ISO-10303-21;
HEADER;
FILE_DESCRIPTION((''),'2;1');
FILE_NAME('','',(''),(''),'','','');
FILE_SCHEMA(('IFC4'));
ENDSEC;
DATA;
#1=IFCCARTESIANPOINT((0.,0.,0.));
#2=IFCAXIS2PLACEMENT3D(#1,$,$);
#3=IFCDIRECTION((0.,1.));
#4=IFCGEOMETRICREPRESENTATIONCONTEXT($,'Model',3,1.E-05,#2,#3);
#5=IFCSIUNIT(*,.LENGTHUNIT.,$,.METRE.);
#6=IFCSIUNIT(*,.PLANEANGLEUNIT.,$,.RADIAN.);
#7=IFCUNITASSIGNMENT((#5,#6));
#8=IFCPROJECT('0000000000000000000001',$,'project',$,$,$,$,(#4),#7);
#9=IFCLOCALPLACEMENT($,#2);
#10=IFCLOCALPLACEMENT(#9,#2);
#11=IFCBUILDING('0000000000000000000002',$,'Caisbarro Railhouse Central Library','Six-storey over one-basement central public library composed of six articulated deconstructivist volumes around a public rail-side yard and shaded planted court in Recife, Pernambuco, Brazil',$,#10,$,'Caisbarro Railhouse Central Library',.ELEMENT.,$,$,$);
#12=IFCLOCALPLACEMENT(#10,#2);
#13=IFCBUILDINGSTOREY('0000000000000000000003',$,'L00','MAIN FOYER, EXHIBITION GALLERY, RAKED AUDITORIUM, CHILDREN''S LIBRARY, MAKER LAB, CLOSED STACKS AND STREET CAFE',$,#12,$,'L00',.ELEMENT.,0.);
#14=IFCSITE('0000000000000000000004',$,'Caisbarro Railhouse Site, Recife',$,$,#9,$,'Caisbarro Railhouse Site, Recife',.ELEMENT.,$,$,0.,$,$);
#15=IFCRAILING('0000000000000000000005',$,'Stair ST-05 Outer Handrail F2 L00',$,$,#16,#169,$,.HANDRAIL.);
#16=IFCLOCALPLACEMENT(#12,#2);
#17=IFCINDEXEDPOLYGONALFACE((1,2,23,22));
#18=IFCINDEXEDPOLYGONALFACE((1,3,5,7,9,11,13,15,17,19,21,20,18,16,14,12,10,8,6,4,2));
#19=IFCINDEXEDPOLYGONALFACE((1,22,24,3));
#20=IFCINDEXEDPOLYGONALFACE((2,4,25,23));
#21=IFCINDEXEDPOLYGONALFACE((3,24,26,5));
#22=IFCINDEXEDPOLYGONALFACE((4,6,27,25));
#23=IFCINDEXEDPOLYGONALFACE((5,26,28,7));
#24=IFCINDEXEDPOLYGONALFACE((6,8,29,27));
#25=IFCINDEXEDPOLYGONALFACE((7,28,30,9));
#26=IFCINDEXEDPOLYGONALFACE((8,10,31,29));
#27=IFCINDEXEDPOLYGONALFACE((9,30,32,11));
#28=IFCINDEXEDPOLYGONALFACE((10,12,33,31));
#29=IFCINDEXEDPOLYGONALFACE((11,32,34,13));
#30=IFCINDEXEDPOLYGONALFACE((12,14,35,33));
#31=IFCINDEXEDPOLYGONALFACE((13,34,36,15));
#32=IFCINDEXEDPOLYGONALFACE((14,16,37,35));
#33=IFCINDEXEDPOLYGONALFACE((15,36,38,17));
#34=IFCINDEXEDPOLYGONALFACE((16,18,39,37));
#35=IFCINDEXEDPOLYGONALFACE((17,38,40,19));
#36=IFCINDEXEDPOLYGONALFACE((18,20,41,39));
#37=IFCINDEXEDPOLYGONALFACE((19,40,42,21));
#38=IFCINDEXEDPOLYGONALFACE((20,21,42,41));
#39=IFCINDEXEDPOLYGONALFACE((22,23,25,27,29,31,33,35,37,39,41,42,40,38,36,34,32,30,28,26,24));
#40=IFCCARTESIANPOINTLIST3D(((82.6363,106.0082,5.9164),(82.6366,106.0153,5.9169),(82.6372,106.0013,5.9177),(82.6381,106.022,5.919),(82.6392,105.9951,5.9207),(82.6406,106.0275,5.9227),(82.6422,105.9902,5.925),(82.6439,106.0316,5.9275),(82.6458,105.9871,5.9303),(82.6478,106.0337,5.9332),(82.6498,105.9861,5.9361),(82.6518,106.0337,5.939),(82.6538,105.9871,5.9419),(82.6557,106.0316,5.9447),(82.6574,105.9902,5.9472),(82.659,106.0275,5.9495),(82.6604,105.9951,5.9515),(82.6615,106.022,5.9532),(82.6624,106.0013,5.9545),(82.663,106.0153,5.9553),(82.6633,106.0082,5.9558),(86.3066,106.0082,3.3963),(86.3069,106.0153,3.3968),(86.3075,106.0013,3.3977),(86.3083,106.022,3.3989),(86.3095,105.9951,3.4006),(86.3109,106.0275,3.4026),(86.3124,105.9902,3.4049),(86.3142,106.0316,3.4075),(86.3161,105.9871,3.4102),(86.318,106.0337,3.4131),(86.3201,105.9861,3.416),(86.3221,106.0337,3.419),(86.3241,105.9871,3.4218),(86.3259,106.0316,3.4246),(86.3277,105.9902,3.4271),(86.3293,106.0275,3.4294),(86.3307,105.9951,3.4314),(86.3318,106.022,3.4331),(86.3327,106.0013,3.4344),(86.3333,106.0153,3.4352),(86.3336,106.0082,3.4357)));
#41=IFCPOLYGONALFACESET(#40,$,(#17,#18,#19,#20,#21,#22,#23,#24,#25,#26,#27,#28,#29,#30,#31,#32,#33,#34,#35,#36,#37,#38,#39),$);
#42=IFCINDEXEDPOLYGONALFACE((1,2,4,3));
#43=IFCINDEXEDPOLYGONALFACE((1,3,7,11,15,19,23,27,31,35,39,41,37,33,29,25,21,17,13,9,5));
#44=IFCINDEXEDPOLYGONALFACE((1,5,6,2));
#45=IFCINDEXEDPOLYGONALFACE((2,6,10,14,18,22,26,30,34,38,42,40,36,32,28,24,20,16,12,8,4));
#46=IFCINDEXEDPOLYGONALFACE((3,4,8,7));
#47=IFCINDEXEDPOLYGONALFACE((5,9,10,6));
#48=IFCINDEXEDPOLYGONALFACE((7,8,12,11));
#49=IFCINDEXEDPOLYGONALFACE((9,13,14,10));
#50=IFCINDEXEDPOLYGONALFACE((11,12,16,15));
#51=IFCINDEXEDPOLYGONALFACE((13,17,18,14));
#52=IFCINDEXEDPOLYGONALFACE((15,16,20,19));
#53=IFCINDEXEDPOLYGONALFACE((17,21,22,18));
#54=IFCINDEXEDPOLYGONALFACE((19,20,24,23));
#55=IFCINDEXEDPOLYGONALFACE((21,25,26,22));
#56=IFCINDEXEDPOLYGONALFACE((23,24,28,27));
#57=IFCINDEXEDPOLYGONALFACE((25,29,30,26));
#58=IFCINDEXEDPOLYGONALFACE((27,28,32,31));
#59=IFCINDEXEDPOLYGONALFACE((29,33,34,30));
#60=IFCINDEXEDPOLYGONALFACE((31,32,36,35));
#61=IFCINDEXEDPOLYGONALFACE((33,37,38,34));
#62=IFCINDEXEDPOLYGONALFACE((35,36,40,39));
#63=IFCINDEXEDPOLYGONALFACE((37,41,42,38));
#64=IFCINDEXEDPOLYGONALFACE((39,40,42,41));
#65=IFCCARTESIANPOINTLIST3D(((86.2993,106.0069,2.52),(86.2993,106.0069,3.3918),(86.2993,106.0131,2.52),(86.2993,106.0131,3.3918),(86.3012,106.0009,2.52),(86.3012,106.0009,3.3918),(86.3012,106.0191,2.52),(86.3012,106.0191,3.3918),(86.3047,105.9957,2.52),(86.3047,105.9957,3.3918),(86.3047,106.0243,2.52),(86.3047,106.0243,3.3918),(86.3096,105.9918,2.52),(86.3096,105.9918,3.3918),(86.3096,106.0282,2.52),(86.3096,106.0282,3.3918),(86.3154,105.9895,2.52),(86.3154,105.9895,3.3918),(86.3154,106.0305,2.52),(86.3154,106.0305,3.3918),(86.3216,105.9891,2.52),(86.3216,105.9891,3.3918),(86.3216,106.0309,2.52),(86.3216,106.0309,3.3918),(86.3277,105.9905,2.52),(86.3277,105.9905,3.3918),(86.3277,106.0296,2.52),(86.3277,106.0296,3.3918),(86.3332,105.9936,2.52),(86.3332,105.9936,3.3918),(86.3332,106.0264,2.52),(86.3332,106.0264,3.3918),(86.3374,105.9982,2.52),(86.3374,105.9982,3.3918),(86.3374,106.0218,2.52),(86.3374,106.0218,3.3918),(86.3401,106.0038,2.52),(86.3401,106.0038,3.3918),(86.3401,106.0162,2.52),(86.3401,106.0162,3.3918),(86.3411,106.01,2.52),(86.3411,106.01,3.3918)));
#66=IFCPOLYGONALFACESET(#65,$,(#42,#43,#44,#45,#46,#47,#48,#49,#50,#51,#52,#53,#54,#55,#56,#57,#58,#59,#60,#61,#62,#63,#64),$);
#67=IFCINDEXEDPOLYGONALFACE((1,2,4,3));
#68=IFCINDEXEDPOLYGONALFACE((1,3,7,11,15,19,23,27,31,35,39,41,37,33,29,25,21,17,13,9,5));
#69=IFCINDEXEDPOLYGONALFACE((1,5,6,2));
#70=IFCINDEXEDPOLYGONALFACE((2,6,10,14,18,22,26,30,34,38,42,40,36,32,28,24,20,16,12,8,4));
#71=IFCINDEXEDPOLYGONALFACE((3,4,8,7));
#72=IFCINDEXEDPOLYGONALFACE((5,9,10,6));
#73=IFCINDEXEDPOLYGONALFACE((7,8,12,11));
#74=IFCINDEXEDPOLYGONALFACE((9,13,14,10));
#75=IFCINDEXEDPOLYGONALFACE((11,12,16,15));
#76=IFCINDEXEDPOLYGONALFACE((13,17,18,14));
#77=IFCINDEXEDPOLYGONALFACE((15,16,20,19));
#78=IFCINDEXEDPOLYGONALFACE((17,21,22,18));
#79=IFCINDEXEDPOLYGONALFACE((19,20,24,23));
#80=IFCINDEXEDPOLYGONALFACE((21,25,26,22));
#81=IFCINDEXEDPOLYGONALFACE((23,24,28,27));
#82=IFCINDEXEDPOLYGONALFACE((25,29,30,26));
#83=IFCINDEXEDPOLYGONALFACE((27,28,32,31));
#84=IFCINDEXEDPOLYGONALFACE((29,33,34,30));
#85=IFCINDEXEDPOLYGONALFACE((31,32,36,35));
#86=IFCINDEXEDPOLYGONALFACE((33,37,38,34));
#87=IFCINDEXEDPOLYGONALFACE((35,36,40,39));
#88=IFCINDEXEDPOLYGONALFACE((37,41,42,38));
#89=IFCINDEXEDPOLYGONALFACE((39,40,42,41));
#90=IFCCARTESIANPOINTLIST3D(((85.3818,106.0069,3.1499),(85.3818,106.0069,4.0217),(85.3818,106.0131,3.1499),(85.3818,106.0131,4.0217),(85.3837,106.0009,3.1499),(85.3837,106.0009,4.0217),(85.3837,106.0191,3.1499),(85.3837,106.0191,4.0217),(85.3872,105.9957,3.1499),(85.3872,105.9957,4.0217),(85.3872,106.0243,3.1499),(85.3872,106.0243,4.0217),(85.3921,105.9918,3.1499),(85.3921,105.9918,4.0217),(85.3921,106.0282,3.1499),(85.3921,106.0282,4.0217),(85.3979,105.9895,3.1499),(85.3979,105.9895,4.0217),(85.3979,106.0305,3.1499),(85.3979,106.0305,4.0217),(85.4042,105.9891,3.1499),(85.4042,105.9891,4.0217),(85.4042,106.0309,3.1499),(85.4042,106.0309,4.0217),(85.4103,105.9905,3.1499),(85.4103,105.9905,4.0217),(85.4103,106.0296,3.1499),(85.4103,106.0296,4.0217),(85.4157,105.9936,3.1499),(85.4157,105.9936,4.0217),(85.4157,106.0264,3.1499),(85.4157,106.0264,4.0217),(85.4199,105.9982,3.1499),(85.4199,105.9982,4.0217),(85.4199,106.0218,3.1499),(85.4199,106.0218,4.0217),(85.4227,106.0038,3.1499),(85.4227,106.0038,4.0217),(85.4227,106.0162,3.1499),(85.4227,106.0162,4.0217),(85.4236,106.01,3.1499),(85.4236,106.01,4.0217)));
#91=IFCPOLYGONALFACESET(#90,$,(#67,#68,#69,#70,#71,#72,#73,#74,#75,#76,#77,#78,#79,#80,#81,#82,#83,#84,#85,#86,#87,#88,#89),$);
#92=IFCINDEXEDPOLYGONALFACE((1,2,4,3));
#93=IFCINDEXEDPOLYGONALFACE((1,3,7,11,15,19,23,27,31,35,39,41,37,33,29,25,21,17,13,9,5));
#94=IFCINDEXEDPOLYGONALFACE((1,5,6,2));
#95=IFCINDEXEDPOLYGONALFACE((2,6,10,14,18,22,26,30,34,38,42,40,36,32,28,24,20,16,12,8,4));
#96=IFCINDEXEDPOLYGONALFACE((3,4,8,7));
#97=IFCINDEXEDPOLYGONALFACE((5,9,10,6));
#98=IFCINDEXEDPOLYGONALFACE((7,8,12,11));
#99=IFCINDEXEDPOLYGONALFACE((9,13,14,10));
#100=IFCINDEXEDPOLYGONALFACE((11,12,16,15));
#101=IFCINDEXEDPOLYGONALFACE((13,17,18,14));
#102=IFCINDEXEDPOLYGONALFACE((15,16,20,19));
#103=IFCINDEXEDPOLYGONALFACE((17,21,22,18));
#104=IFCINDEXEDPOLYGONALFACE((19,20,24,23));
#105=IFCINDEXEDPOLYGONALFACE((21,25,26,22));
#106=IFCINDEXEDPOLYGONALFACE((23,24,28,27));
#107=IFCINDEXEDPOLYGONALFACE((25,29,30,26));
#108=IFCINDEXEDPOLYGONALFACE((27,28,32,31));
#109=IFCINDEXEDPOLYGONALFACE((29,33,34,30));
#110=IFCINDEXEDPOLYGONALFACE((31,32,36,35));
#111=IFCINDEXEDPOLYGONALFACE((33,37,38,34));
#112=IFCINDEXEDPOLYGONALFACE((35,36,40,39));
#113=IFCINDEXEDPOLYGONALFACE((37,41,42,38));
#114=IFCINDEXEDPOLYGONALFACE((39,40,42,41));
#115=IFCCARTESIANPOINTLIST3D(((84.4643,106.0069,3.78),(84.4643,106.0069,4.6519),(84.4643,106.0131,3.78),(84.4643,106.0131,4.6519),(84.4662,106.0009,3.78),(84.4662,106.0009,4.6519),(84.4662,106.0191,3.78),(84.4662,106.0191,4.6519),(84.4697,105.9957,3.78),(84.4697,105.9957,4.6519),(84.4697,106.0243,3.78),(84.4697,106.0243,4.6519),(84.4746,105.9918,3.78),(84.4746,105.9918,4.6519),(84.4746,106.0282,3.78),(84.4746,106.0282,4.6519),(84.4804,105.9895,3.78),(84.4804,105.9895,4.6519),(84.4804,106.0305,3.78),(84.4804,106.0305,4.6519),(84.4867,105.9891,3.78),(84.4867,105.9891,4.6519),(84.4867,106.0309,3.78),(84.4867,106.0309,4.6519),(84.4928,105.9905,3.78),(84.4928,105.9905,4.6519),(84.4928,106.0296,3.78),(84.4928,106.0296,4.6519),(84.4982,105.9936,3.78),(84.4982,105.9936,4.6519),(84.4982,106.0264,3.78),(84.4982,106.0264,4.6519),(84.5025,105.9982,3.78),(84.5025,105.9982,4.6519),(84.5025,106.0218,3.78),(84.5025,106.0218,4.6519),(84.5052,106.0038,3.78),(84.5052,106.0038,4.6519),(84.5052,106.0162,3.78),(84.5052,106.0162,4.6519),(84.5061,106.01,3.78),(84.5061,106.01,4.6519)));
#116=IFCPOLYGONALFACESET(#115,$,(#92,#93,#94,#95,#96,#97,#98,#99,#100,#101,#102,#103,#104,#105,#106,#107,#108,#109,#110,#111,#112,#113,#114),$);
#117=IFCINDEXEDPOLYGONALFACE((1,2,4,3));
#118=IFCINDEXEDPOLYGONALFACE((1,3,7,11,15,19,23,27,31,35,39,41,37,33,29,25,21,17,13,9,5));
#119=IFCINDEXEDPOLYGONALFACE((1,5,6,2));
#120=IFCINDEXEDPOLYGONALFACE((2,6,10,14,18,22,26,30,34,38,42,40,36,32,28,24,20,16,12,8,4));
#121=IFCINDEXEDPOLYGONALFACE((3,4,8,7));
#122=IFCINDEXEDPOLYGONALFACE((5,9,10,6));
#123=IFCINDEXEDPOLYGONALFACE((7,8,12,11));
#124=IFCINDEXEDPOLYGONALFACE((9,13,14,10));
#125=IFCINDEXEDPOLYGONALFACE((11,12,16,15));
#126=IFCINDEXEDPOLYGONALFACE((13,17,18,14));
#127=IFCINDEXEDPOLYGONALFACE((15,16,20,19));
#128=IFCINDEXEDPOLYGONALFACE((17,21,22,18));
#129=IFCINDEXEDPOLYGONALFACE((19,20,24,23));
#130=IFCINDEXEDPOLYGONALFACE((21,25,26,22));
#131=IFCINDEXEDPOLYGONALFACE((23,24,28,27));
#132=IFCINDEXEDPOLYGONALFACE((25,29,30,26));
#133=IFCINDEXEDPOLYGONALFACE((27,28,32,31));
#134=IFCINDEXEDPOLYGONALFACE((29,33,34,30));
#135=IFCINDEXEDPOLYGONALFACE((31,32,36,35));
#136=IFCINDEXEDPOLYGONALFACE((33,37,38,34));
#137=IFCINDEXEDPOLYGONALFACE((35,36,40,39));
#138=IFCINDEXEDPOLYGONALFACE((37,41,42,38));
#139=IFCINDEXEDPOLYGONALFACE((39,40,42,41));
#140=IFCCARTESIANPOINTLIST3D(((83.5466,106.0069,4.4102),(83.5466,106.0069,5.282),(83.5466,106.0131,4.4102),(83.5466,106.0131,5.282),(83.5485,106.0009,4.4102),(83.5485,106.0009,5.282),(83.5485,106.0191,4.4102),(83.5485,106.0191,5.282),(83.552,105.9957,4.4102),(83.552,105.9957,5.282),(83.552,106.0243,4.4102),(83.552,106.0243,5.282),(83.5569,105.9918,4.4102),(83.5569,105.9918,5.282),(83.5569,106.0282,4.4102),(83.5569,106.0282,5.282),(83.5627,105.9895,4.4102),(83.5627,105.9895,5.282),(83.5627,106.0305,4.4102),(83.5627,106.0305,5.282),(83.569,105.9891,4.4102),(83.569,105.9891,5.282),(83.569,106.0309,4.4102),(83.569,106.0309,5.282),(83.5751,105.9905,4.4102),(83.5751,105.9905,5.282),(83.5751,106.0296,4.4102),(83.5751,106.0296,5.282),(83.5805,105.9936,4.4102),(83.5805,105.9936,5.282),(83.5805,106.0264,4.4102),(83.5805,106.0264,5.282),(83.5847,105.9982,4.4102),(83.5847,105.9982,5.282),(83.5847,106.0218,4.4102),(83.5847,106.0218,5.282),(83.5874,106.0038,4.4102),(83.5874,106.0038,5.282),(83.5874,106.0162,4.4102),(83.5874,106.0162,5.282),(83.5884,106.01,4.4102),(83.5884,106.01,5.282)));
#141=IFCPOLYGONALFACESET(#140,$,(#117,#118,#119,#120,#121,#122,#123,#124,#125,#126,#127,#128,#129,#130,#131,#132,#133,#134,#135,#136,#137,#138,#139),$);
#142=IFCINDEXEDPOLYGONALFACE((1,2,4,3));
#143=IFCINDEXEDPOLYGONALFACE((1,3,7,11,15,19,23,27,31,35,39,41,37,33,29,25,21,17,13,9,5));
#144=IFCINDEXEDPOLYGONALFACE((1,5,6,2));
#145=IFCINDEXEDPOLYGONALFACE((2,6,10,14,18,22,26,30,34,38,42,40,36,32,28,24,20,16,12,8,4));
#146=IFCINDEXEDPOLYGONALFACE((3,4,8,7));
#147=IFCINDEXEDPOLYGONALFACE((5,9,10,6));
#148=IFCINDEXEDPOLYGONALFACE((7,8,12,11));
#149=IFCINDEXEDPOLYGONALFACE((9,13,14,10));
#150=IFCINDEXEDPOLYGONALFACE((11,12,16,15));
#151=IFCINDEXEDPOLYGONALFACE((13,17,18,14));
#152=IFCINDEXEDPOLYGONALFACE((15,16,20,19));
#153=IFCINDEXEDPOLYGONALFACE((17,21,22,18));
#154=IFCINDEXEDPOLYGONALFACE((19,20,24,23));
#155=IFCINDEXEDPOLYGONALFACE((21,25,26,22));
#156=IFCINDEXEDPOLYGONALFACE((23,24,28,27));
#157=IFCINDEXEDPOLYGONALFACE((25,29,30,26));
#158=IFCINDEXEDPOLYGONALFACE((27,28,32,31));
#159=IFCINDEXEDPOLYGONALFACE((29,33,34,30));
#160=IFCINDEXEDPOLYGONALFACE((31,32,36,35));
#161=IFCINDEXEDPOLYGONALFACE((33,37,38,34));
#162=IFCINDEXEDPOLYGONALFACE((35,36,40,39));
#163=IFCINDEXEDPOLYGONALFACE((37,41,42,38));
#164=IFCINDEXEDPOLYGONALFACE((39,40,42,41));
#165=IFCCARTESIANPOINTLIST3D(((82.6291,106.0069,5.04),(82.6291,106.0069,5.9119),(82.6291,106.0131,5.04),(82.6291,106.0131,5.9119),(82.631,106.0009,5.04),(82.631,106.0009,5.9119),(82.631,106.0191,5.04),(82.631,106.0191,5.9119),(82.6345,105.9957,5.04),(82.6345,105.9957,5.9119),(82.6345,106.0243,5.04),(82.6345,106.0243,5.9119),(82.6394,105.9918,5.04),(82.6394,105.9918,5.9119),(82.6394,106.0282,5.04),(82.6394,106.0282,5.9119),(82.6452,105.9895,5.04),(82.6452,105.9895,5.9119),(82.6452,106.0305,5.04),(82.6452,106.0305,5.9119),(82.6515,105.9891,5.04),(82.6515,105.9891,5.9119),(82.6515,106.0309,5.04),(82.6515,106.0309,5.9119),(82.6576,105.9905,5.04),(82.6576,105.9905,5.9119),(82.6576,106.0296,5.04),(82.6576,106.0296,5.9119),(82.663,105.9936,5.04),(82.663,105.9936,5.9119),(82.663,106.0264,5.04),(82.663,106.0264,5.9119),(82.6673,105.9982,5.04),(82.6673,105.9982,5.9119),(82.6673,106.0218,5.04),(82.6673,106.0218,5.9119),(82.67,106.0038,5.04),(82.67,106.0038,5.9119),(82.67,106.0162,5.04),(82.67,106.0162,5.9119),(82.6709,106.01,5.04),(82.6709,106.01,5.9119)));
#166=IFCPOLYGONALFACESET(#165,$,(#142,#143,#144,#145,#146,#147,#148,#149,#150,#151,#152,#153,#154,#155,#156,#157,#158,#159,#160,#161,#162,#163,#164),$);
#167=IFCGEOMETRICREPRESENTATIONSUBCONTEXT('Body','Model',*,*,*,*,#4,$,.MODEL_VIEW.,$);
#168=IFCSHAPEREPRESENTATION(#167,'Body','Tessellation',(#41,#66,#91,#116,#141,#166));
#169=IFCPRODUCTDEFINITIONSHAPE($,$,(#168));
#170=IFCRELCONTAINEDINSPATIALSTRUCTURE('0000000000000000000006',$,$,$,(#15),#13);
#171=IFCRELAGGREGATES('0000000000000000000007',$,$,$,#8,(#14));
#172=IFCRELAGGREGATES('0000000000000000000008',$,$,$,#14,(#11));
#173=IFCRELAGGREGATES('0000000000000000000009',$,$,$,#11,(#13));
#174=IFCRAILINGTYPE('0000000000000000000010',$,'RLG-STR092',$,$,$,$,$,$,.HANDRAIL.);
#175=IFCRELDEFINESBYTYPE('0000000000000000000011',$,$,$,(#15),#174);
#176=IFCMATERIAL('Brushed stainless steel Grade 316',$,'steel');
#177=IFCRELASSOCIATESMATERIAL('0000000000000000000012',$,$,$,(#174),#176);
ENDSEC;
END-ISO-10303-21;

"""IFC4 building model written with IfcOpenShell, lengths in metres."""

from ifc_helpers import new_model, si_unit, direction, frame, origin, origin_2d, place, context, subcontext, project, spatial, circle, extrude, material, type_object, element, save


model = new_model("IFC4")

# Units and contexts
model_context = context("Model", 3, precision=1e-05, world=origin(), true_north=direction((0.0, 1.0)))
body_context = subcontext(model_context, "Body", "Model", "MODEL_VIEW")
ifc_project = project(units=[si_unit("LENGTHUNIT", "METRE"), si_unit("PLANEANGLEUNIT", "RADIAN")], contexts=[model_context])

# Site, building, storey
site_placement = place(None, origin())
site = spatial("IfcSite", under=ifc_project, at=site_placement, Name="Caisbarro Railhouse Site, Recife", LongName="Caisbarro Railhouse Site, Recife", CompositionType="ELEMENT", RefElevation=0.0)
building_placement = place(site_placement, origin())
building = spatial("IfcBuilding", under=site, at=building_placement, Name="Caisbarro Railhouse Central Library", Description="Six-storey over one-basement central public library composed of six articulated deconstructivist volumes around a public rail-side yard and shaded planted court in Recife, Pernambuco, Brazil", LongName="Caisbarro Railhouse Central Library", CompositionType="ELEMENT")
storey_placement = place(building_placement, origin())
storey = spatial("IfcBuildingStorey", under=building, at=storey_placement, Name="L00", Description="MAIN FOYER, EXHIBITION GALLERY, RAKED AUDITORIUM, CHILDREN'S LIBRARY, MAKER LAB, CLOSED STACKS AND STREET CAFE", LongName="L00", CompositionType="ELEMENT", Elevation=0.0)

# Railing
ifc_material_1 = material(Name="Brushed stainless steel Grade 316", Category="steel")
railing_type_1 = type_object("IfcRailingType", Name="RLG-STR092", PredefinedType="HANDRAIL", material=ifc_material_1)
railing_1_placement = place(storey_placement, frame((86.3201, 106.01, 2.52)))
element("IfcRailing", 1, at=railing_1_placement, inside=storey, type_object=railing_type_1, Name="Stair ST-05 Outer Handrail F2 L00", PredefinedType="HANDRAIL", context=body_context, shape_type="SweptSolid", body=[
    extrude(circle(Radius=0.0239, at=origin_2d()), frame((0.0, 0.0, 0.896), z_axis=(-0.824379, 0.0, 0.566038), x_axis=(0.0, -1.0, 0.0)), (0.0, 0.0, 1.0), 4.4521),
    extrude(circle(Radius=0.021, at=origin_2d()), origin(), (0.0, 0.0, 1.0), 0.8718),
    extrude(circle(Radius=0.021, at=origin_2d()), frame((-0.9175, 0.0, 0.6299)), (0.0, 0.0, 1.0), 0.8718),
    extrude(circle(Radius=0.021, at=origin_2d()), frame((-1.835, 0.0, 1.26)), (0.0, 0.0, 1.0), 0.8718),
    extrude(circle(Radius=0.021, at=origin_2d()), frame((-2.7527, 0.0, 1.8901)), (0.0, 0.0, 1.0), 0.8718),
    extrude(circle(Radius=0.021, at=origin_2d()), frame((-3.6702, 0.0, 2.52)), (0.0, 0.0, 1.0), 0.8718),
])

save(model, "model.ifc")
